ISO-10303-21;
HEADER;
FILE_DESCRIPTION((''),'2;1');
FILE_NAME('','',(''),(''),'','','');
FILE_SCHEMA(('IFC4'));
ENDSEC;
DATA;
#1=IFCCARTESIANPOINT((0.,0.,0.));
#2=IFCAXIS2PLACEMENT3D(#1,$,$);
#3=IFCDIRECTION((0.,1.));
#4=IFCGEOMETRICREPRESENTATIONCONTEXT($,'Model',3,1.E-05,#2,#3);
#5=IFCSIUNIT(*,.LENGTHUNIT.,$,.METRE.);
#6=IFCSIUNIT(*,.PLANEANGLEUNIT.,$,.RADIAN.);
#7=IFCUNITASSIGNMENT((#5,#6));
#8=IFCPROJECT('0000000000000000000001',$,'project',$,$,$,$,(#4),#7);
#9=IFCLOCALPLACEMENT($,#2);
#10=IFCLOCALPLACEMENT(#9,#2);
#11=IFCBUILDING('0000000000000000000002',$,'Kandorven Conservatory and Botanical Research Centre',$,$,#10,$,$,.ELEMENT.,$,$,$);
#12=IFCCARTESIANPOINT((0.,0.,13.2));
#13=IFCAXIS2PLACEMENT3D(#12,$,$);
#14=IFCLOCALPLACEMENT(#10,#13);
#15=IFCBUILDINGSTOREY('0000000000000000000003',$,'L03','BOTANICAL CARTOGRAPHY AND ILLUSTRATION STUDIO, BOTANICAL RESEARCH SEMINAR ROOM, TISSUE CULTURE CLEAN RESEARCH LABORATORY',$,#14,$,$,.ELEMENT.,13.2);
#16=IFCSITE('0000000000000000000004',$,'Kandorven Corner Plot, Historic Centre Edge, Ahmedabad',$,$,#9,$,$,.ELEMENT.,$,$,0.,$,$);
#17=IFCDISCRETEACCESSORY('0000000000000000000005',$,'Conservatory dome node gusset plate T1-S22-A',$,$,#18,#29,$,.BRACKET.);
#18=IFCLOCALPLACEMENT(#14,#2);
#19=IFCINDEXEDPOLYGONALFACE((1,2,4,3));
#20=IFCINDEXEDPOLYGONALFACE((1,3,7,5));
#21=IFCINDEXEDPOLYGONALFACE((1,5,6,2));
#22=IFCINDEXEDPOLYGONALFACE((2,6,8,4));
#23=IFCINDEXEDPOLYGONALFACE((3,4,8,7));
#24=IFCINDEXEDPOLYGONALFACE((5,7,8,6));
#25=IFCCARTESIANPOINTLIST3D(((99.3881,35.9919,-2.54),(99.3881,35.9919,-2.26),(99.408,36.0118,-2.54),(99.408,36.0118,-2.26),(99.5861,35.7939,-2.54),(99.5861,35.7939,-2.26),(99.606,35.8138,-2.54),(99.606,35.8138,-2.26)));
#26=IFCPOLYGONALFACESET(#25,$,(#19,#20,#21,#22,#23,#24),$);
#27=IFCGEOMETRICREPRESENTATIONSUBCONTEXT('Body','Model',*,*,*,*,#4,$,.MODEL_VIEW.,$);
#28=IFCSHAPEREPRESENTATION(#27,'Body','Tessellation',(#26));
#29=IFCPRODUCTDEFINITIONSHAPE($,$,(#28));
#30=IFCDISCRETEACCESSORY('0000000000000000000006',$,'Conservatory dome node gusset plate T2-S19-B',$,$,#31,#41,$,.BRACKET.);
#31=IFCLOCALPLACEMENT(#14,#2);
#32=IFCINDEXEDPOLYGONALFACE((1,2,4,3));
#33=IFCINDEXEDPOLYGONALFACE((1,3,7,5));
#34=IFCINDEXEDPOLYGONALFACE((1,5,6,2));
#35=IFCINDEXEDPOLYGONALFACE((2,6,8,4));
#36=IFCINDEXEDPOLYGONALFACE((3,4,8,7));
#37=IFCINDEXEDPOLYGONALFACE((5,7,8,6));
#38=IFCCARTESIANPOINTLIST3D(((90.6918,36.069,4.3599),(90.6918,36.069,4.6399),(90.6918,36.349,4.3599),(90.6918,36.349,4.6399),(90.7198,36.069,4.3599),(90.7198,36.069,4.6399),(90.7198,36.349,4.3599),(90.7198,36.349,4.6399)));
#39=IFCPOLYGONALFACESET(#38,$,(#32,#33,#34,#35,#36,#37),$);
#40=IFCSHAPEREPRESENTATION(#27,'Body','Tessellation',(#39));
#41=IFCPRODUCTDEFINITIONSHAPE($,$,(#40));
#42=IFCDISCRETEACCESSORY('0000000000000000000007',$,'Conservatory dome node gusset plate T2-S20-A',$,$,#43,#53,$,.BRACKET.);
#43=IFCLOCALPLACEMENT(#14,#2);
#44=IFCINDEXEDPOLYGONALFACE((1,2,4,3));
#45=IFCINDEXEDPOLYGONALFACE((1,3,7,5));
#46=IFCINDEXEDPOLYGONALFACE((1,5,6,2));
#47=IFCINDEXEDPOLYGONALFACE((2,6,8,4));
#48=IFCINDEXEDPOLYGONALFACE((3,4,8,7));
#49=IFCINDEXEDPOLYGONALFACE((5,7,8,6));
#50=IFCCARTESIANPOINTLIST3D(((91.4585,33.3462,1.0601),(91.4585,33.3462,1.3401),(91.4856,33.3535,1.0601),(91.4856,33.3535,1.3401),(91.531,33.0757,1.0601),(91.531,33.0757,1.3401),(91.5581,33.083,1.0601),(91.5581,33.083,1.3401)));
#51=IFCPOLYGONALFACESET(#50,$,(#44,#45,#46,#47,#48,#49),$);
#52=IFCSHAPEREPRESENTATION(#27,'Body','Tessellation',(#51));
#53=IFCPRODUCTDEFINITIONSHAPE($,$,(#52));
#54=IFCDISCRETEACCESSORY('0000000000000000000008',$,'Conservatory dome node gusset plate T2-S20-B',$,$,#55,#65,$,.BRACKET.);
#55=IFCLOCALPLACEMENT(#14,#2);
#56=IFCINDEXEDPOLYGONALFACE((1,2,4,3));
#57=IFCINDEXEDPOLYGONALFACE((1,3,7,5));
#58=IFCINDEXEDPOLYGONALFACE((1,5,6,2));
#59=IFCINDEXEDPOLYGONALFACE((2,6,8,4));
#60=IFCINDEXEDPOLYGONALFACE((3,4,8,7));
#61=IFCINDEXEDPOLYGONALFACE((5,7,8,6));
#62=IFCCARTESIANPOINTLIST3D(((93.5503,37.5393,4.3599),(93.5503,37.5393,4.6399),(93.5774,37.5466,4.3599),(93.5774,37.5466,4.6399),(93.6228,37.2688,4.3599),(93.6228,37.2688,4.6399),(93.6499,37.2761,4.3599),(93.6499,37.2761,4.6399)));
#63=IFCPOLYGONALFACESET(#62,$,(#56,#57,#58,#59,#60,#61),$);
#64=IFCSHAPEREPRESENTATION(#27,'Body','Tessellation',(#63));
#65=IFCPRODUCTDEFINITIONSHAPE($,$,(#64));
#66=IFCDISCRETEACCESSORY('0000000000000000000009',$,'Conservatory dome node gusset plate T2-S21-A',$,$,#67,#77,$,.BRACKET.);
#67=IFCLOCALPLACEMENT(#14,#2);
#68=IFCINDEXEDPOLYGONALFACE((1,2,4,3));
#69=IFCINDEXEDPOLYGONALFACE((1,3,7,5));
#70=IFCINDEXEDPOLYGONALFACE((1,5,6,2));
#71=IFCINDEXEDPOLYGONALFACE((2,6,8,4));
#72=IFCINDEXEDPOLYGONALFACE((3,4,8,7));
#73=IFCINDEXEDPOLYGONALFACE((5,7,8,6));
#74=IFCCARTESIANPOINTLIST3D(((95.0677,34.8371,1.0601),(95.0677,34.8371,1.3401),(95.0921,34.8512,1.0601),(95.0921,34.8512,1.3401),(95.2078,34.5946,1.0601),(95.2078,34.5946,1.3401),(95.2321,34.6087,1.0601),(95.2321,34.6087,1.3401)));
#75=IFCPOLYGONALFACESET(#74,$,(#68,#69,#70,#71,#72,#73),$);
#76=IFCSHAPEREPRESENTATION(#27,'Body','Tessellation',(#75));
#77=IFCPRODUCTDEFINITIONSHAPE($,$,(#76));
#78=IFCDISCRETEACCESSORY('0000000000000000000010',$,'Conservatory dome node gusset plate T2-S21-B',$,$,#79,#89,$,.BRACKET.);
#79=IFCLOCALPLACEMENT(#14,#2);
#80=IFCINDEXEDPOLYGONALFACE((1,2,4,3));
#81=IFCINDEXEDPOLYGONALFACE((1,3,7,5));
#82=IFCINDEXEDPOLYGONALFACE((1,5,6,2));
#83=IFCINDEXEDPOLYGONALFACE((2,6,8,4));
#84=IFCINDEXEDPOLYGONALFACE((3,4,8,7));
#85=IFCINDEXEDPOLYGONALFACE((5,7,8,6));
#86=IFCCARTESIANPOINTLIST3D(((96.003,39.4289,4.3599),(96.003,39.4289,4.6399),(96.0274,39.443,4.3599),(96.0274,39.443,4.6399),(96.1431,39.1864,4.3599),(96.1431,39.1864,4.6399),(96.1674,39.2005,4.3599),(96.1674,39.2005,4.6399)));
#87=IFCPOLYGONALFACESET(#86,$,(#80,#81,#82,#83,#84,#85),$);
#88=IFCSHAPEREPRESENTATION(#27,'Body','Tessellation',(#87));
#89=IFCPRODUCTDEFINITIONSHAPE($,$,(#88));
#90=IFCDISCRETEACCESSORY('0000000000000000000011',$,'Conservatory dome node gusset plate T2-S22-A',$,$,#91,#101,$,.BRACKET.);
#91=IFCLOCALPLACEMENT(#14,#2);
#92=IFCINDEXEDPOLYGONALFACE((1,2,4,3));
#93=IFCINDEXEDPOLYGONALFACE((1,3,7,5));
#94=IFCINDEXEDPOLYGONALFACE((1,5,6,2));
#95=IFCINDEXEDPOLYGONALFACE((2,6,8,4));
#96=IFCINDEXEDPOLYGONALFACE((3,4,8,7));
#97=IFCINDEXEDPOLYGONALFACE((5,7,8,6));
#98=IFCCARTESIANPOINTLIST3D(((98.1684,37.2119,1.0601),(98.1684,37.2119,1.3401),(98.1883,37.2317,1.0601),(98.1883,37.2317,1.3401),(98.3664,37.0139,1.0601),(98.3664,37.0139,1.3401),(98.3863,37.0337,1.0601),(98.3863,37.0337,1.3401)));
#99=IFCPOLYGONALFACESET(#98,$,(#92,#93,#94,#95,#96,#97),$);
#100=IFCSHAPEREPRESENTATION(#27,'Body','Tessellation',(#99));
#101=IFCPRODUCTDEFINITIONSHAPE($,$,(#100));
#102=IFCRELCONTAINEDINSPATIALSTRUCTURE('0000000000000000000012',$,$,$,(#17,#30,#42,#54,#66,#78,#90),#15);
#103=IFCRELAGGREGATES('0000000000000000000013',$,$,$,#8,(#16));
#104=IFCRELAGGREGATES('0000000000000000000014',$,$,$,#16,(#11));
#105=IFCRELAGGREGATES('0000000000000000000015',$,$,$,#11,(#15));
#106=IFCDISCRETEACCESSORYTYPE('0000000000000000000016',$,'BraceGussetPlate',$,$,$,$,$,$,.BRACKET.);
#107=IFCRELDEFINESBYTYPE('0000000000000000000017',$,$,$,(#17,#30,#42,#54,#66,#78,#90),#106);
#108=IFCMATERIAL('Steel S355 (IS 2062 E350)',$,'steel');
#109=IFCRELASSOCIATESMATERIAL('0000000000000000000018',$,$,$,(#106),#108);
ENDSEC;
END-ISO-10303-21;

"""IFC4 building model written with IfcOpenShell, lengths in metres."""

from ifc_helpers import new_model, si_unit, direction, frame, origin, origin_2d, place, context, subcontext, project, spatial, rectangle, extrude, material, type_object, element, save


model = new_model("IFC4")

# Units and contexts
model_context = context("Model", 3, precision=1e-05, world=origin(), true_north=direction((0.0, 1.0)))
body_context = subcontext(model_context, "Body", "Model", "MODEL_VIEW")
ifc_project = project(units=[si_unit("LENGTHUNIT", "METRE"), si_unit("PLANEANGLEUNIT", "RADIAN")], contexts=[model_context])

# Site, building, storey
site_placement = place(None, origin())
site = spatial("IfcSite", under=ifc_project, at=site_placement, Name="Kandorven Corner Plot, Historic Centre Edge, Ahmedabad", CompositionType="ELEMENT", RefElevation=0.0)
building_placement = place(site_placement, origin())
building = spatial("IfcBuilding", under=site, at=building_placement, Name="Kandorven Conservatory and Botanical Research Centre", CompositionType="ELEMENT")
storey_placement = place(building_placement, frame((0.0, 0.0, 13.2)))
storey = spatial("IfcBuildingStorey", under=building, at=storey_placement, Name="L03", Description="BOTANICAL CARTOGRAPHY AND ILLUSTRATION STUDIO, BOTANICAL RESEARCH SEMINAR ROOM, TISSUE CULTURE CLEAN RESEARCH LABORATORY", CompositionType="ELEMENT", Elevation=13.2)

# Discrete accessories
ifc_material_1 = material(Name="Steel S355 (IS 2062 E350)", Category="steel")
discrete_accessory_type = type_object("IfcDiscreteAccessoryType", Name="BraceGussetPlate", PredefinedType="BRACKET", material=ifc_material_1)
for number, where, z_axis, x_axis, name in (
    (1, (99.4971, 35.9028, -2.54), (0.0, 0.0, 1.0), (0.707107, -0.707107, 0.0), "Conservatory dome node gusset plate T1-S22-A"),
    (2, (90.7058, 36.209, 4.3599), (0.0, 0.0, 1.0), (0.0, -1.0, 0.0), "Conservatory dome node gusset plate T2-S19-B"),
    (3, (91.5083, 33.2146, 1.0601), (0.0, 0.0, 1.0), (0.258819, -0.965926, 0.0), "Conservatory dome node gusset plate T2-S20-A"),
    (4, (93.6001, 37.4077, 4.3599), (0.0, 0.0, 1.0), (0.258819, -0.965926, 0.0), "Conservatory dome node gusset plate T2-S20-B"),
    (5, (95.1499, 34.7229, 1.0601), (0.0, 0.0, 1.0), (0.5, -0.866025, 0.0), "Conservatory dome node gusset plate T2-S21-A"),
    (6, (96.0852, 39.3147, 4.3599), (0.0, 0.0, 1.0), (0.5, -0.866025, 0.0), "Conservatory dome node gusset plate T2-S21-B"),
    (7, (98.2773, 37.1228, 1.0601), (0.0, 0.0, 1.0), (0.707107, -0.707107, 0.0), "Conservatory dome node gusset plate T2-S22-A"),
):
    element("IfcDiscreteAccessory", number, at=place(storey_placement, frame(where, z_axis=z_axis, x_axis=x_axis)), inside=storey, type_object=discrete_accessory_type, Name=name, PredefinedType="BRACKET", context=body_context, shape_type="SweptSolid", body=[
        extrude(rectangle(XDim=0.28, YDim=0.0281, at=origin_2d()), origin(), (0.0, 0.0, 1.0), 0.28),
    ])

save(model, "model.ifc")
